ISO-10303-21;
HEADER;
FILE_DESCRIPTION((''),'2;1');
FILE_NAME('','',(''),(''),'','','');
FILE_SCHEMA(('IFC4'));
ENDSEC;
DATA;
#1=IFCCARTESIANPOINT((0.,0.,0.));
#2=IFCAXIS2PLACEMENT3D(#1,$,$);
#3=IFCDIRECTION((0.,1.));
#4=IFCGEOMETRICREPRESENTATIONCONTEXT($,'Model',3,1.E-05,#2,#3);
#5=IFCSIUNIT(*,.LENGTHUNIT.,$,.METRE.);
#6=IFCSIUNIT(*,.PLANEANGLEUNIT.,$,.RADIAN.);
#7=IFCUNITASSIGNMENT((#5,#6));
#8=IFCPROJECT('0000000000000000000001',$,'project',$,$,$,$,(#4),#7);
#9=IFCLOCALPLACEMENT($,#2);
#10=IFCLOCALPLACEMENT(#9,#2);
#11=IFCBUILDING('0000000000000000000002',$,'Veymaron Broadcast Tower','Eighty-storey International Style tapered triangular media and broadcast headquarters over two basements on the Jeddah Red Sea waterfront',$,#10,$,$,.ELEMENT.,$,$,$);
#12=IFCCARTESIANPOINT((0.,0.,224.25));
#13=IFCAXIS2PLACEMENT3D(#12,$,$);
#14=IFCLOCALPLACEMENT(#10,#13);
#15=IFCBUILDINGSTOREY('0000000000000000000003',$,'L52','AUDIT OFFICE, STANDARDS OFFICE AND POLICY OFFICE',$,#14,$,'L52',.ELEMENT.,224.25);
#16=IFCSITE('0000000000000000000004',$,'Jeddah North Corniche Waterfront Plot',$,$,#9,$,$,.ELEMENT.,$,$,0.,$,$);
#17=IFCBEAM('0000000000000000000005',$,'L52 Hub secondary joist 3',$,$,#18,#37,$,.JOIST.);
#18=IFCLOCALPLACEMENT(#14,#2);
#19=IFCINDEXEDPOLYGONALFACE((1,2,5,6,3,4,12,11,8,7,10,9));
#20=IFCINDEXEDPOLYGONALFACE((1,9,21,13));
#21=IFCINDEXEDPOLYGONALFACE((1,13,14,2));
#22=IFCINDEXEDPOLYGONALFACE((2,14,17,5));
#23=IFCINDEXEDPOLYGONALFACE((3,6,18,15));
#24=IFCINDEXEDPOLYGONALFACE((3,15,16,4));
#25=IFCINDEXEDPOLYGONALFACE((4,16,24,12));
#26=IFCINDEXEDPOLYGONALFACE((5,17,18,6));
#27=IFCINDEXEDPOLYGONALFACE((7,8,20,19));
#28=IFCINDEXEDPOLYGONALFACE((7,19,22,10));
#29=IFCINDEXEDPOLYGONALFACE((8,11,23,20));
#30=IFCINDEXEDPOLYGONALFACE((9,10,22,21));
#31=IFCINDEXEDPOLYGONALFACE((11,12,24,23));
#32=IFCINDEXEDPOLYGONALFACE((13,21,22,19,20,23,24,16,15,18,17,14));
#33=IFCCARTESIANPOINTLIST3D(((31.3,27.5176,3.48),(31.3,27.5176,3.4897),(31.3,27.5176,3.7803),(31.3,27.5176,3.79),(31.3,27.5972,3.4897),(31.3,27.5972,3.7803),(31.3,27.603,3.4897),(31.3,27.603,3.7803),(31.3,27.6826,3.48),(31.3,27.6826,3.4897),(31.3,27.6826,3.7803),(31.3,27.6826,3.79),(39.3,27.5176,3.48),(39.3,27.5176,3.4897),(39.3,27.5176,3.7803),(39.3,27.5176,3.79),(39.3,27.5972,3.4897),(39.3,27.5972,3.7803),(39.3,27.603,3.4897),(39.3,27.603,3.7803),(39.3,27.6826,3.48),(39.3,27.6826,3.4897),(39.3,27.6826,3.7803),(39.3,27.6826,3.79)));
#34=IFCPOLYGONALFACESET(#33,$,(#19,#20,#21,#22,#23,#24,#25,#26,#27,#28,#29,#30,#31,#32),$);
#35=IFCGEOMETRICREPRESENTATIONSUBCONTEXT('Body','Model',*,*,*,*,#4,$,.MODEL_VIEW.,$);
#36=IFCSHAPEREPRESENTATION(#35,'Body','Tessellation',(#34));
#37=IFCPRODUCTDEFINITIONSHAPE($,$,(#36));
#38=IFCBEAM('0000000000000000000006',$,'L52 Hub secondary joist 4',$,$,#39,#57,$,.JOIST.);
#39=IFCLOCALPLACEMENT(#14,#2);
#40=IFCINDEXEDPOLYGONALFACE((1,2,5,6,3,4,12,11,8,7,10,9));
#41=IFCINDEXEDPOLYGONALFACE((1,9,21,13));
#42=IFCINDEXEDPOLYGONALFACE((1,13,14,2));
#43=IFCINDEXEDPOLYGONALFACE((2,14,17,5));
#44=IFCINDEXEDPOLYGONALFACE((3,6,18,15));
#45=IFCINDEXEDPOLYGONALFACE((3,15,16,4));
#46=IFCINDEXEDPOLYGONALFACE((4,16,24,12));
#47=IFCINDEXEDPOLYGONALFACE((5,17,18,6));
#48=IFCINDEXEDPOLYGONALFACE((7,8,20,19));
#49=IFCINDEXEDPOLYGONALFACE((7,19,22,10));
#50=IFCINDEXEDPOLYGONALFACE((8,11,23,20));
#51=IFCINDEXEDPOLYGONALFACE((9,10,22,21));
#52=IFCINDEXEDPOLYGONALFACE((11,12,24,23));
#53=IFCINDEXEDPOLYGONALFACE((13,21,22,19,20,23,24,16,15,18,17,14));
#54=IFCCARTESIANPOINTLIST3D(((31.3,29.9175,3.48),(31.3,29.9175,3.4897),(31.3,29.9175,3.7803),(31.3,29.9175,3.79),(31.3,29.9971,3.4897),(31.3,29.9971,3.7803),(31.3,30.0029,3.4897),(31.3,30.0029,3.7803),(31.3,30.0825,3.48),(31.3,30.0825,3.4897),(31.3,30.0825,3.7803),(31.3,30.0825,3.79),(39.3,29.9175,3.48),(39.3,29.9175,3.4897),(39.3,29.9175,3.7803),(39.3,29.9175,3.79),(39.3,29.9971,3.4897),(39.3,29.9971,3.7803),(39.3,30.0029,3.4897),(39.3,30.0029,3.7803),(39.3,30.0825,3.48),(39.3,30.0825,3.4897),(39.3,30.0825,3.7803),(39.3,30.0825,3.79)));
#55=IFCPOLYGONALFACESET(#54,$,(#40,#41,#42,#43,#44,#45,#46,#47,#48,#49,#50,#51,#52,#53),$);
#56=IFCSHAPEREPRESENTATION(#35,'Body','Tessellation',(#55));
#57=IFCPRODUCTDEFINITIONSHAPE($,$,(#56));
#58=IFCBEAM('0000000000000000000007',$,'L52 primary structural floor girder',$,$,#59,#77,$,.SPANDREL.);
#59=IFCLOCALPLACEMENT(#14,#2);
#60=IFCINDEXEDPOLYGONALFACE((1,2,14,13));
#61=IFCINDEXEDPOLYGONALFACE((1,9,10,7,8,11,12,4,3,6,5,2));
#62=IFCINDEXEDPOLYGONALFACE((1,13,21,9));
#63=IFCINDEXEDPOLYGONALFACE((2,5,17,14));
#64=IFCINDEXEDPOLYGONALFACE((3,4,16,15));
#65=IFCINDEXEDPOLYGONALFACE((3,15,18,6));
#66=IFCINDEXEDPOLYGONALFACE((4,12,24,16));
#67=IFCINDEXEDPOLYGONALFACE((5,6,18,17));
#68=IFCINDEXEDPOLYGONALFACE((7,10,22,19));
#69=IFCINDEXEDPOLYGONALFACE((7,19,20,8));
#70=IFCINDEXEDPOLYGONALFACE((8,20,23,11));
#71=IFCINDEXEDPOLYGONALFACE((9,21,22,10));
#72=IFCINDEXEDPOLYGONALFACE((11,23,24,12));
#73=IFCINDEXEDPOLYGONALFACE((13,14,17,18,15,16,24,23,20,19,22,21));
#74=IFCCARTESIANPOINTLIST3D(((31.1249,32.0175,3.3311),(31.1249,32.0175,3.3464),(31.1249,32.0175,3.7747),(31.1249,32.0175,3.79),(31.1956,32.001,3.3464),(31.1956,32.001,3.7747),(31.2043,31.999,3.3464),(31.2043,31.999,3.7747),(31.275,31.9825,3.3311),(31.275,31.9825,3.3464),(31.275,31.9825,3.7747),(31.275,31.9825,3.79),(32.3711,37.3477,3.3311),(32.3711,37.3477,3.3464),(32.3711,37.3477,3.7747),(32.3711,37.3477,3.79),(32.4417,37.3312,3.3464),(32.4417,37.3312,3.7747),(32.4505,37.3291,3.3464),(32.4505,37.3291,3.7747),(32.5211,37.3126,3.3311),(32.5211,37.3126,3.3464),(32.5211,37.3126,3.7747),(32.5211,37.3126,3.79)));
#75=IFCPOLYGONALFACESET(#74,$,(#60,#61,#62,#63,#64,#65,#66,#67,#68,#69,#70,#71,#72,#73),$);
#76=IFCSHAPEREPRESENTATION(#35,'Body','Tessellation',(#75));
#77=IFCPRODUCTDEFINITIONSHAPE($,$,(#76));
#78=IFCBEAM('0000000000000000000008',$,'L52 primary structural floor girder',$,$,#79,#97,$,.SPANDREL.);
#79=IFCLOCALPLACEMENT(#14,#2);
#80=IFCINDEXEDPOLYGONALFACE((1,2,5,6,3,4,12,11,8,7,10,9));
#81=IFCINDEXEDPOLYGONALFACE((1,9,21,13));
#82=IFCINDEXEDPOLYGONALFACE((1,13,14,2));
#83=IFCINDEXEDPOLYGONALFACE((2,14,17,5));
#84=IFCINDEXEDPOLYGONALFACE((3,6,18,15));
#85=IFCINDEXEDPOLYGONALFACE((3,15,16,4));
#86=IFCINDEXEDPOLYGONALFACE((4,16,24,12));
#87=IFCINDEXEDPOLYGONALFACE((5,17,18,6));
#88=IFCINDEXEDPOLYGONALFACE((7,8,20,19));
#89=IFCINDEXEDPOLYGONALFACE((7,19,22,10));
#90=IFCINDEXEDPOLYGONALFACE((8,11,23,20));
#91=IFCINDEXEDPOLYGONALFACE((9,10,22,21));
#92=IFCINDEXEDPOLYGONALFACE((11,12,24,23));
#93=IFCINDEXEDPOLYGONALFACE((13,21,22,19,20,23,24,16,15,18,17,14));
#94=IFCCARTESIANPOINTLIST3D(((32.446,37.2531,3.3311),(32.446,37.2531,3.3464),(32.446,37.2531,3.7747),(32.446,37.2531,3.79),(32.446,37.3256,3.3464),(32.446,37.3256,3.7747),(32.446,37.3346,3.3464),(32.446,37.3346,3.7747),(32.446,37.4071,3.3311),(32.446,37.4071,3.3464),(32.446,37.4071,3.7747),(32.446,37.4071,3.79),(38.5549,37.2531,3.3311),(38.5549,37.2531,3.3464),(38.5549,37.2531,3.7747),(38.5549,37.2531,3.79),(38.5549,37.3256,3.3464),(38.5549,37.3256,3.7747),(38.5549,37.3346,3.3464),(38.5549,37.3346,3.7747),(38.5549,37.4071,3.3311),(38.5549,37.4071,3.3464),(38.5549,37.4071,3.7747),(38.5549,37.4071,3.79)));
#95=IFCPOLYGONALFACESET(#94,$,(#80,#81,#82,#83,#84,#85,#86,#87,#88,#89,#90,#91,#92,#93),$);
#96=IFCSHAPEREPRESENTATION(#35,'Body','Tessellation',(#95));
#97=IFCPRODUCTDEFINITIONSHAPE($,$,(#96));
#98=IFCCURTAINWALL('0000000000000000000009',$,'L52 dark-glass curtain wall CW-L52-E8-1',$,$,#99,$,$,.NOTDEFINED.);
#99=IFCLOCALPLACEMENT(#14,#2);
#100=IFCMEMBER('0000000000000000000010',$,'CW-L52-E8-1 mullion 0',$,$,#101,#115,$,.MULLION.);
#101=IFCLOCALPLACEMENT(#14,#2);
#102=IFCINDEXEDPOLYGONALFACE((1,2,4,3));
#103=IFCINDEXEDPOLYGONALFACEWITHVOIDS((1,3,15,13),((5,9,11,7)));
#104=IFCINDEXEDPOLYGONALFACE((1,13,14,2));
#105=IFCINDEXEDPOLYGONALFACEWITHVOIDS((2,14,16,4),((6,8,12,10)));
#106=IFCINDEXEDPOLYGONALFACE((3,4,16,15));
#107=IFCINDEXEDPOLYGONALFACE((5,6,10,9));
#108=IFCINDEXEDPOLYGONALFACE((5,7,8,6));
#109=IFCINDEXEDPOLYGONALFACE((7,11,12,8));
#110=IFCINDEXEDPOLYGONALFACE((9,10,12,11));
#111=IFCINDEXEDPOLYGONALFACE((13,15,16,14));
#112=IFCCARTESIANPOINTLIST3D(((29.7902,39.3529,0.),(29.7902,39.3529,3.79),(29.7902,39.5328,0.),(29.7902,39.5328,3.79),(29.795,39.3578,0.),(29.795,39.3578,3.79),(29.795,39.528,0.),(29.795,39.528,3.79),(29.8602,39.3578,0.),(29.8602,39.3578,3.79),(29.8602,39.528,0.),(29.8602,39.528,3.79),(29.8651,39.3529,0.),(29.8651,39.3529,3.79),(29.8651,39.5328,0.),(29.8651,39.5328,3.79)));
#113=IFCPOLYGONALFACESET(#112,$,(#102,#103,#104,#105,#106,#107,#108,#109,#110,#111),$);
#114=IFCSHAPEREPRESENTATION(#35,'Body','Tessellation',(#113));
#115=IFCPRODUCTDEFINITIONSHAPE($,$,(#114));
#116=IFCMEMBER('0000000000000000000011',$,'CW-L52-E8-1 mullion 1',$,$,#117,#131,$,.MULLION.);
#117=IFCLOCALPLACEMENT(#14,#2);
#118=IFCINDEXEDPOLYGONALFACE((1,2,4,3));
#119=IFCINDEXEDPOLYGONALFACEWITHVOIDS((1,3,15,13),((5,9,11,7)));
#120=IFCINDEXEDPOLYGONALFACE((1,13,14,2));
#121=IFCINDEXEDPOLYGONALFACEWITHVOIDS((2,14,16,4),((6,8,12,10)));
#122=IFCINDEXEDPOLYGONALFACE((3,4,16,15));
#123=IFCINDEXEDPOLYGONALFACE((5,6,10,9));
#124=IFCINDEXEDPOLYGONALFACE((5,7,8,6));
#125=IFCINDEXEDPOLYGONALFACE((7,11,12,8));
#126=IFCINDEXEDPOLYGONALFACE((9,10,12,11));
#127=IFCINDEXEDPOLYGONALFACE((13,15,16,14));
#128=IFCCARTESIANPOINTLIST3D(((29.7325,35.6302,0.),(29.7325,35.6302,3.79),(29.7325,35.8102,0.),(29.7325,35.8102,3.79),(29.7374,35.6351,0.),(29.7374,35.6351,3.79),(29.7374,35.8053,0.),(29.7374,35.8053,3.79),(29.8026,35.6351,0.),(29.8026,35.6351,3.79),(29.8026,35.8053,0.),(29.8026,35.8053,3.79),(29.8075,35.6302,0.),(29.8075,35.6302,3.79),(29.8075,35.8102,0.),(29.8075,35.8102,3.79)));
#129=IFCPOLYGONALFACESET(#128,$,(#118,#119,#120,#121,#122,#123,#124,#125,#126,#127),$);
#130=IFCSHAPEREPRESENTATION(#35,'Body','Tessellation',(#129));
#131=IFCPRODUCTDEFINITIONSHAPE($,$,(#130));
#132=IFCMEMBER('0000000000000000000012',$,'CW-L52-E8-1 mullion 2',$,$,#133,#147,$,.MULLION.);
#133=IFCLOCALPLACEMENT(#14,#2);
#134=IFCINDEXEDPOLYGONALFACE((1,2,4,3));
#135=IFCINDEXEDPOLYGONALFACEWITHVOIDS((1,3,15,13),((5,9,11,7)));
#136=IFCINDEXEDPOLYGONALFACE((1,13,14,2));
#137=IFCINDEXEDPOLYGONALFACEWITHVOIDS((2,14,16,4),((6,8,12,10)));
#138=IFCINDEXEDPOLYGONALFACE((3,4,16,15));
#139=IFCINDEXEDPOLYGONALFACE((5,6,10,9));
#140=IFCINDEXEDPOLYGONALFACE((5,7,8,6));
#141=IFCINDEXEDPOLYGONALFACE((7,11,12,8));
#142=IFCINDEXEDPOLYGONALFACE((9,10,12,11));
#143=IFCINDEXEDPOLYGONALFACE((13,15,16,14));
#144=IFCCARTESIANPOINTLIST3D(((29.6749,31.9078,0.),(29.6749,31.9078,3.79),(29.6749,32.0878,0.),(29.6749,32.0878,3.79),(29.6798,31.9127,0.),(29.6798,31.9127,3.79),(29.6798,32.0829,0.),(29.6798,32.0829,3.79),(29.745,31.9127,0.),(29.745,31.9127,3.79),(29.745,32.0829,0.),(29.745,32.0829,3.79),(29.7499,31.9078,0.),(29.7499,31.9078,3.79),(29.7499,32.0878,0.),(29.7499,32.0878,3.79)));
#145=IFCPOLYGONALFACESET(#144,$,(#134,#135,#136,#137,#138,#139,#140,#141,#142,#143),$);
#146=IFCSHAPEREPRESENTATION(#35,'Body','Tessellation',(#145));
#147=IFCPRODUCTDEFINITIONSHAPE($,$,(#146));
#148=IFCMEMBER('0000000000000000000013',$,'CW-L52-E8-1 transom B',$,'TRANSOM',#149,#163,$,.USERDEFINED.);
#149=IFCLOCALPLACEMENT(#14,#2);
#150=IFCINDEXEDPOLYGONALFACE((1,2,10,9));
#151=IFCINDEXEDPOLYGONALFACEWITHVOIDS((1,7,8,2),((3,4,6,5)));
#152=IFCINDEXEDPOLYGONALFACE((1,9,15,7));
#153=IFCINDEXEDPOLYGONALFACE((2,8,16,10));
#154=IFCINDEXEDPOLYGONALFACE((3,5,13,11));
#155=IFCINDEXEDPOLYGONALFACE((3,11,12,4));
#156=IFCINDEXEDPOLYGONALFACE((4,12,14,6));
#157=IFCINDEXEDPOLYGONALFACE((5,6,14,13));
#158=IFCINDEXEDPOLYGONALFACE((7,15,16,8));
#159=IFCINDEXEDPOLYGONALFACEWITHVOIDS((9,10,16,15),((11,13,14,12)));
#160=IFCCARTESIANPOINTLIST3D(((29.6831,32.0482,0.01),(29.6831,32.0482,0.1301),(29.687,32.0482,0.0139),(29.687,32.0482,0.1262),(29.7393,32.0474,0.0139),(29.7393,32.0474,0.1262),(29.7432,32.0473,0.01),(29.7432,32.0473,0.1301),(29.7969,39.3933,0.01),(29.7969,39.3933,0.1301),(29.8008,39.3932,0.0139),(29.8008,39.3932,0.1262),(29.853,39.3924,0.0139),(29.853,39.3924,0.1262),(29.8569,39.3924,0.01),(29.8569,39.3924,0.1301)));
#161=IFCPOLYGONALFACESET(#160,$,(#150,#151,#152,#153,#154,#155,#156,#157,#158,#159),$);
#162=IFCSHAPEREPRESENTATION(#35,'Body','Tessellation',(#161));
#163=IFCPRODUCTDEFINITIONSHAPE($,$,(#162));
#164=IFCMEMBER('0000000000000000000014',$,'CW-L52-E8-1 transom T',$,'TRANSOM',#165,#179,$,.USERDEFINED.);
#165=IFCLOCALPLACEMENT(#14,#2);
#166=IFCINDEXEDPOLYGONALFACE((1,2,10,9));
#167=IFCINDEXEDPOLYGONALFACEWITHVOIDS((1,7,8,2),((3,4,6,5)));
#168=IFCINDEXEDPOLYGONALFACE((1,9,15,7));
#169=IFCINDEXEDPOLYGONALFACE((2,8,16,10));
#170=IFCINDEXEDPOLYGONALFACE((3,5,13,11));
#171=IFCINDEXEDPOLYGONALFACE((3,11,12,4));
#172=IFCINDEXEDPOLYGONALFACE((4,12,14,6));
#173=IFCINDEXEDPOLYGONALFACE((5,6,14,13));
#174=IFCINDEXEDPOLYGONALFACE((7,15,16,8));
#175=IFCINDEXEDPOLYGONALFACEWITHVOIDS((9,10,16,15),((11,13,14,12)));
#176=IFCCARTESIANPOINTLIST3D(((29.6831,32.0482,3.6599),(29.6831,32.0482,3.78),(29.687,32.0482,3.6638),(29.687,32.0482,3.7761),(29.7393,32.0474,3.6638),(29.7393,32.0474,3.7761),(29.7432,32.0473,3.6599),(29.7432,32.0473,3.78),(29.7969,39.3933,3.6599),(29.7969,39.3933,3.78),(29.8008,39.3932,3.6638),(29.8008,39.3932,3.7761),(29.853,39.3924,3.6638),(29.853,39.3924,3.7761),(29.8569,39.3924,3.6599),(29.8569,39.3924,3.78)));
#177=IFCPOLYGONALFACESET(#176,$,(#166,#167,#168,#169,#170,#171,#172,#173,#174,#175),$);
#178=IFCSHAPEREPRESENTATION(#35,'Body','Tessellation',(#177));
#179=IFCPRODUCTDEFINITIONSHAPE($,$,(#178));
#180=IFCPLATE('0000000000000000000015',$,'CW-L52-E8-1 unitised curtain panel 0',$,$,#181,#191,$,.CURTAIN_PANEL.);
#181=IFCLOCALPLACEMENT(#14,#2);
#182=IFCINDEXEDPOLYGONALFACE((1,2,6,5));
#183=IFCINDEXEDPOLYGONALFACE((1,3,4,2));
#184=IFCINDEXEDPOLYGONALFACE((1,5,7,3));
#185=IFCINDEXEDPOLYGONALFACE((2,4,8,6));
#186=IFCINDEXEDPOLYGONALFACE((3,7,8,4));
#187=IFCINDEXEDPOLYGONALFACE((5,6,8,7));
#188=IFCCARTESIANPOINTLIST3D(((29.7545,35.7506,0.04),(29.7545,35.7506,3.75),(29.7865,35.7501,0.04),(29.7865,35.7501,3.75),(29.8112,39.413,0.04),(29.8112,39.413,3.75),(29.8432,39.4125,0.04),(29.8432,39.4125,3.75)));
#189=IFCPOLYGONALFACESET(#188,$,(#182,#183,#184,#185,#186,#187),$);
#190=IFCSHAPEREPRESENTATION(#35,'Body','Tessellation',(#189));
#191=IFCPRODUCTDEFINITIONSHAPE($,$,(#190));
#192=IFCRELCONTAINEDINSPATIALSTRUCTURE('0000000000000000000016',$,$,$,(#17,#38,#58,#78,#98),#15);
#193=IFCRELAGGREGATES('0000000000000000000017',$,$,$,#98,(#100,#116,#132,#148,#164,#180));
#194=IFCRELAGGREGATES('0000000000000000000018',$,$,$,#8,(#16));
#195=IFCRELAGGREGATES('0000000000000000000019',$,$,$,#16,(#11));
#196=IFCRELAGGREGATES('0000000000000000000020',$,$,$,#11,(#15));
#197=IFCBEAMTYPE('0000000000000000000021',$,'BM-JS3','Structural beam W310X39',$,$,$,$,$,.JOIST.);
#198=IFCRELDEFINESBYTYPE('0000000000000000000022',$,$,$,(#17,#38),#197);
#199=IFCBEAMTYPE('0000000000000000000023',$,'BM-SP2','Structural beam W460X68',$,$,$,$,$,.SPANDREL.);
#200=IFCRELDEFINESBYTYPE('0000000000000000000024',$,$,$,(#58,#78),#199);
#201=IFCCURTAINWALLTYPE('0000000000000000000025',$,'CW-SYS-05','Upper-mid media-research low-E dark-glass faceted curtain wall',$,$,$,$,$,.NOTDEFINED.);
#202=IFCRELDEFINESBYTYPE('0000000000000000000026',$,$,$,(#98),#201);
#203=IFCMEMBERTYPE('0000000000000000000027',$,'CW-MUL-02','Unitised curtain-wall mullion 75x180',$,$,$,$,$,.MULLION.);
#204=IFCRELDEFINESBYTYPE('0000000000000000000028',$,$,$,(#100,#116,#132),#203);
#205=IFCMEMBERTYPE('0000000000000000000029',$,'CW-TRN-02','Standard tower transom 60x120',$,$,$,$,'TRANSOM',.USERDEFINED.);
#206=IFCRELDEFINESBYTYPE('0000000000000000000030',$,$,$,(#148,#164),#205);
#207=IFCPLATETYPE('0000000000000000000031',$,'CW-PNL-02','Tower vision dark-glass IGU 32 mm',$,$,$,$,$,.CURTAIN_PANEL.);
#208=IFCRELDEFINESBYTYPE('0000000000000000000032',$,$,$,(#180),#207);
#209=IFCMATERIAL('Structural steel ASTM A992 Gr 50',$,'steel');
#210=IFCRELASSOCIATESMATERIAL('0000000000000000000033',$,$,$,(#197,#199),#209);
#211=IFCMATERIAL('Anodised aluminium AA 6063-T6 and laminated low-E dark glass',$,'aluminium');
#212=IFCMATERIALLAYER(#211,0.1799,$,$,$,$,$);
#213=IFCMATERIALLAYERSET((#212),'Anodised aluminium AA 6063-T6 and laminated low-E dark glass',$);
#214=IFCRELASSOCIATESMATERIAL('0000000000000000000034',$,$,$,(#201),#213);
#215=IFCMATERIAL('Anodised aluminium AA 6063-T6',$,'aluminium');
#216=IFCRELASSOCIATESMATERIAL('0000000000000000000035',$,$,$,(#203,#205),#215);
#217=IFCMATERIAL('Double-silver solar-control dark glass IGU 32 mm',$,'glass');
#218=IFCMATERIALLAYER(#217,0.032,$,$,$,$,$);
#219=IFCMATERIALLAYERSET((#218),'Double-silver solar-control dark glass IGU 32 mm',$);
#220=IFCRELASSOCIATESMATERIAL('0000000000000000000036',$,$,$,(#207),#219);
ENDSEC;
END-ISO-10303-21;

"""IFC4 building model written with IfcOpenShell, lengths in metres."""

from ifc_helpers import new_model, si_unit, direction, frame, origin, origin_2d, place, context, subcontext, project, spatial, rectangle, hollow_rectangle, i_section, extrude, material, layer, layer_set, material_profile, profile_set, type_object, element, aggregate, save


model = new_model("IFC4")

# Units and contexts
model_context = context("Model", 3, precision=1e-05, world=origin(), true_north=direction((0.0, 1.0)))
body_context = subcontext(model_context, "Body", "Model", "MODEL_VIEW")
ifc_project = project(units=[si_unit("LENGTHUNIT", "METRE"), si_unit("PLANEANGLEUNIT", "RADIAN")], contexts=[model_context])

# Site, building, storey
site_placement = place(None, origin())
site = spatial("IfcSite", under=ifc_project, at=site_placement, Name="Jeddah North Corniche Waterfront Plot", CompositionType="ELEMENT", RefElevation=0.0)
building_placement = place(site_placement, origin())
building = spatial("IfcBuilding", under=site, at=building_placement, Name="Veymaron Broadcast Tower", Description="Eighty-storey International Style tapered triangular media and broadcast headquarters over two basements on the Jeddah Red Sea waterfront", CompositionType="ELEMENT")
storey_placement = place(building_placement, frame((0.0, 0.0, 224.25)))
storey = spatial("IfcBuildingStorey", under=building, at=storey_placement, Name="L52", Description="AUDIT OFFICE, STANDARDS OFFICE AND POLICY OFFICE", LongName="L52", CompositionType="ELEMENT", Elevation=224.25)

# Shared definitions
ifc_material_1 = material(Name="Structural steel ASTM A992 Gr 50", Category="steel")

# Beams
ifc_material_profile_1 = material_profile(ifc_material_1, i_section(OverallWidth=0.165, OverallDepth=0.3101, WebThickness=0.0059, FlangeThickness=0.0098, at=origin_2d()), Name="W310X39")
ifc_profile_set_1 = profile_set([ifc_material_profile_1], Name="Structural steel ASTM A992 Gr 50")
beam_type_1 = type_object("IfcBeamType", Name="BM-JS3", Description="Structural beam W310X39", PredefinedType="JOIST", material=ifc_profile_set_1)
for number, where, z_axis, x_axis, name in (
    (1, (31.3, 27.6001, 3.635), (1.0, 0.0, 0.0), (0.0, 1.0, 0.0), "L52 Hub secondary joist 3"),
    (2, (31.3, 30.0, 3.635), (1.0, 0.0, 0.0), (0.0, 1.0, 0.0), "L52 Hub secondary joist 4"),
):
    element("IfcBeam", number, at=place(storey_placement, frame(where, z_axis=z_axis, x_axis=x_axis)), inside=storey, type_object=beam_type_1, Name=name, PredefinedType="JOIST", context=body_context, shape_type="SweptSolid", body=[
        extrude(i_section(OverallWidth=0.165, OverallDepth=0.3101, WebThickness=0.0059, FlangeThickness=0.0098, at=origin_2d()), origin(), (0.0, 0.0, 1.0), 8.0),
    ])
ifc_material_profile_2 = material_profile(ifc_material_1, i_section(OverallWidth=0.1541, OverallDepth=0.459, WebThickness=0.009, FlangeThickness=0.0154, at=origin_2d()), Name="W460X68")
ifc_profile_set_2 = profile_set([ifc_material_profile_2], Name="Structural steel ASTM A992 Gr 50")
beam_type_2 = type_object("IfcBeamType", Name="BM-SP2", Description="Structural beam W460X68", PredefinedType="SPANDREL", material=ifc_profile_set_2)
beam_1_placement = place(storey_placement, frame((31.2, 32.0, 3.5605), z_axis=(0.227647, 0.973744, 0.0), x_axis=(-0.973744, 0.227647, 0.0)))
element("IfcBeam", 3, at=beam_1_placement, inside=storey, type_object=beam_type_2, Name="L52 primary structural floor girder", PredefinedType="SPANDREL", context=body_context, shape_type="SweptSolid", body=[
    extrude(i_section(OverallWidth=0.1541, OverallDepth=0.459, WebThickness=0.009, FlangeThickness=0.0154, at=origin_2d()), origin(), (0.0, 0.0, 1.0), 5.4739),
])
beam_2_placement = place(storey_placement, frame((32.446, 37.3301, 3.5605), z_axis=(1.0, 0.0, 0.0), x_axis=(0.0, 1.0, 0.0)))
element("IfcBeam", 4, at=beam_2_placement, inside=storey, type_object=beam_type_2, Name="L52 primary structural floor girder", PredefinedType="SPANDREL", context=body_context, shape_type="SweptSolid", body=[
    extrude(i_section(OverallWidth=0.1541, OverallDepth=0.459, WebThickness=0.009, FlangeThickness=0.0154, at=origin_2d()), origin(), (0.0, 0.0, 1.0), 6.1089),
])

# Curtain wall, members, plate
ifc_material_2 = material(Name="Anodised aluminium AA 6063-T6 and laminated low-E dark glass", Category="aluminium")
ifc_layer_1 = layer(ifc_material_2, 0.1799)
ifc_layer_set_1 = layer_set([ifc_layer_1], Name="Anodised aluminium AA 6063-T6 and laminated low-E dark glass")
curtain_wall_type = type_object("IfcCurtainWallType", Name="CW-SYS-05", Description="Upper-mid media-research low-E dark-glass faceted curtain wall", PredefinedType="NOTDEFINED", material=ifc_layer_set_1)
curtain_wall_placement = place(storey_placement, origin())
curtain_wall = element("IfcCurtainWall", 5, at=curtain_wall_placement, inside=storey, type_object=curtain_wall_type, Name="L52 dark-glass curtain wall CW-L52-E8-1", PredefinedType="NOTDEFINED")
ifc_material_3 = material(Name="Anodised aluminium AA 6063-T6", Category="aluminium")
ifc_material_profile_3 = material_profile(ifc_material_3, hollow_rectangle(XDim=0.075, YDim=0.1799, WallThickness=0.0049, at=origin_2d()), Name="AL180X75X5")
ifc_profile_set_3 = profile_set([ifc_material_profile_3], Name="Anodised aluminium AA 6063-T6")
member_type_1 = type_object("IfcMemberType", Name="CW-MUL-02", Description="Unitised curtain-wall mullion 75x180", PredefinedType="MULLION", material=ifc_profile_set_3)
member_1_placement = place(storey_placement, frame((29.8276, 39.4429, 0.0), z_axis=(0.0, 0.0, 1.0), x_axis=(1.0, 0.0, 0.0)))
member_1 = element("IfcMember", 6, at=member_1_placement, type_object=member_type_1, Name="CW-L52-E8-1 mullion 0", PredefinedType="MULLION", context=body_context, shape_type="SweptSolid", body=[
    extrude(hollow_rectangle(XDim=0.075, YDim=0.1799, WallThickness=0.0049, at=origin_2d()), origin(), (0.0, 0.0, 1.0), 3.79),
])
member_2_placement = place(storey_placement, frame((29.77, 35.7202, 0.0), z_axis=(0.0, 0.0, 1.0), x_axis=(1.0, 0.0, 0.0)))
member_2 = element("IfcMember", 7, at=member_2_placement, type_object=member_type_1, Name="CW-L52-E8-1 mullion 1", PredefinedType="MULLION", context=body_context, shape_type="SweptSolid", body=[
    extrude(hollow_rectangle(XDim=0.075, YDim=0.1799, WallThickness=0.0049, at=origin_2d()), origin(), (0.0, 0.0, 1.0), 3.79),
])
member_3_placement = place(storey_placement, frame((29.7124, 31.9978, 0.0), z_axis=(0.0, 0.0, 1.0), x_axis=(1.0, 0.0, 0.0)))
member_3 = element("IfcMember", 8, at=member_3_placement, type_object=member_type_1, Name="CW-L52-E8-1 mullion 2", PredefinedType="MULLION", context=body_context, shape_type="SweptSolid", body=[
    extrude(hollow_rectangle(XDim=0.075, YDim=0.1799, WallThickness=0.0049, at=origin_2d()), origin(), (0.0, 0.0, 1.0), 3.79),
])
ifc_material_profile_4 = material_profile(ifc_material_3, hollow_rectangle(XDim=0.0601, YDim=0.1201, WallThickness=0.0039, at=origin_2d()), Name="AL120X60X4")
ifc_profile_set_4 = profile_set([ifc_material_profile_4], Name="Anodised aluminium AA 6063-T6")
member_type_2 = type_object("IfcMemberType", Name="CW-TRN-02", Description="Standard tower transom 60x120", ElementType="TRANSOM", PredefinedType="USERDEFINED", material=ifc_profile_set_4)
member_4_placement = place(storey_placement, frame((29.8269, 39.3928, 0.0701), z_axis=(-0.015488, -0.99988, 0.0), x_axis=(0.99988, -0.015488, 0.0)))
member_4 = element("IfcMember", 9, at=member_4_placement, type_object=member_type_2, Name="CW-L52-E8-1 transom B", ObjectType="TRANSOM", PredefinedType="USERDEFINED", context=body_context, shape_type="SweptSolid", body=[
    extrude(hollow_rectangle(XDim=0.0601, YDim=0.1201, WallThickness=0.0039, at=origin_2d()), origin(), (0.0, 0.0, 1.0), 7.3459),
])
member_5_placement = place(storey_placement, frame((29.8269, 39.3928, 3.72), z_axis=(-0.015488, -0.99988, 0.0), x_axis=(0.99988, -0.015488, 0.0)))
member_5 = element("IfcMember", 10, at=member_5_placement, type_object=member_type_2, Name="CW-L52-E8-1 transom T", ObjectType="TRANSOM", PredefinedType="USERDEFINED", context=body_context, shape_type="SweptSolid", body=[
    extrude(hollow_rectangle(XDim=0.0601, YDim=0.1201, WallThickness=0.0039, at=origin_2d()), origin(), (0.0, 0.0, 1.0), 7.3459),
])
ifc_material_4 = material(Name="Double-silver solar-control dark glass IGU 32 mm", Category="glass")
ifc_layer_2 = layer(ifc_material_4, 0.032)
ifc_layer_set_2 = layer_set([ifc_layer_2], Name="Double-silver solar-control dark glass IGU 32 mm")
plate_type = type_object("IfcPlateType", Name="CW-PNL-02", Description="Tower vision dark-glass IGU 32 mm", PredefinedType="CURTAIN_PANEL", material=ifc_layer_set_2)
plate_1_placement = place(storey_placement, frame((29.7988, 37.5815, 0.04), z_axis=(0.0, 0.0, 1.0), x_axis=(-0.01548, -0.99988, 0.0)))
plate_1 = element("IfcPlate", 11, at=plate_1_placement, type_object=plate_type, Name="CW-L52-E8-1 unitised curtain panel 0", PredefinedType="CURTAIN_PANEL", context=body_context, shape_type="SweptSolid", body=[
    extrude(rectangle(XDim=3.6628, YDim=0.032, at=origin_2d()), origin(), (0.0, 0.0, 1.0), 3.71),
])
aggregate(curtain_wall, [member_1, member_2, member_3, member_4, member_5, plate_1])

save(model, "model.ifc")
